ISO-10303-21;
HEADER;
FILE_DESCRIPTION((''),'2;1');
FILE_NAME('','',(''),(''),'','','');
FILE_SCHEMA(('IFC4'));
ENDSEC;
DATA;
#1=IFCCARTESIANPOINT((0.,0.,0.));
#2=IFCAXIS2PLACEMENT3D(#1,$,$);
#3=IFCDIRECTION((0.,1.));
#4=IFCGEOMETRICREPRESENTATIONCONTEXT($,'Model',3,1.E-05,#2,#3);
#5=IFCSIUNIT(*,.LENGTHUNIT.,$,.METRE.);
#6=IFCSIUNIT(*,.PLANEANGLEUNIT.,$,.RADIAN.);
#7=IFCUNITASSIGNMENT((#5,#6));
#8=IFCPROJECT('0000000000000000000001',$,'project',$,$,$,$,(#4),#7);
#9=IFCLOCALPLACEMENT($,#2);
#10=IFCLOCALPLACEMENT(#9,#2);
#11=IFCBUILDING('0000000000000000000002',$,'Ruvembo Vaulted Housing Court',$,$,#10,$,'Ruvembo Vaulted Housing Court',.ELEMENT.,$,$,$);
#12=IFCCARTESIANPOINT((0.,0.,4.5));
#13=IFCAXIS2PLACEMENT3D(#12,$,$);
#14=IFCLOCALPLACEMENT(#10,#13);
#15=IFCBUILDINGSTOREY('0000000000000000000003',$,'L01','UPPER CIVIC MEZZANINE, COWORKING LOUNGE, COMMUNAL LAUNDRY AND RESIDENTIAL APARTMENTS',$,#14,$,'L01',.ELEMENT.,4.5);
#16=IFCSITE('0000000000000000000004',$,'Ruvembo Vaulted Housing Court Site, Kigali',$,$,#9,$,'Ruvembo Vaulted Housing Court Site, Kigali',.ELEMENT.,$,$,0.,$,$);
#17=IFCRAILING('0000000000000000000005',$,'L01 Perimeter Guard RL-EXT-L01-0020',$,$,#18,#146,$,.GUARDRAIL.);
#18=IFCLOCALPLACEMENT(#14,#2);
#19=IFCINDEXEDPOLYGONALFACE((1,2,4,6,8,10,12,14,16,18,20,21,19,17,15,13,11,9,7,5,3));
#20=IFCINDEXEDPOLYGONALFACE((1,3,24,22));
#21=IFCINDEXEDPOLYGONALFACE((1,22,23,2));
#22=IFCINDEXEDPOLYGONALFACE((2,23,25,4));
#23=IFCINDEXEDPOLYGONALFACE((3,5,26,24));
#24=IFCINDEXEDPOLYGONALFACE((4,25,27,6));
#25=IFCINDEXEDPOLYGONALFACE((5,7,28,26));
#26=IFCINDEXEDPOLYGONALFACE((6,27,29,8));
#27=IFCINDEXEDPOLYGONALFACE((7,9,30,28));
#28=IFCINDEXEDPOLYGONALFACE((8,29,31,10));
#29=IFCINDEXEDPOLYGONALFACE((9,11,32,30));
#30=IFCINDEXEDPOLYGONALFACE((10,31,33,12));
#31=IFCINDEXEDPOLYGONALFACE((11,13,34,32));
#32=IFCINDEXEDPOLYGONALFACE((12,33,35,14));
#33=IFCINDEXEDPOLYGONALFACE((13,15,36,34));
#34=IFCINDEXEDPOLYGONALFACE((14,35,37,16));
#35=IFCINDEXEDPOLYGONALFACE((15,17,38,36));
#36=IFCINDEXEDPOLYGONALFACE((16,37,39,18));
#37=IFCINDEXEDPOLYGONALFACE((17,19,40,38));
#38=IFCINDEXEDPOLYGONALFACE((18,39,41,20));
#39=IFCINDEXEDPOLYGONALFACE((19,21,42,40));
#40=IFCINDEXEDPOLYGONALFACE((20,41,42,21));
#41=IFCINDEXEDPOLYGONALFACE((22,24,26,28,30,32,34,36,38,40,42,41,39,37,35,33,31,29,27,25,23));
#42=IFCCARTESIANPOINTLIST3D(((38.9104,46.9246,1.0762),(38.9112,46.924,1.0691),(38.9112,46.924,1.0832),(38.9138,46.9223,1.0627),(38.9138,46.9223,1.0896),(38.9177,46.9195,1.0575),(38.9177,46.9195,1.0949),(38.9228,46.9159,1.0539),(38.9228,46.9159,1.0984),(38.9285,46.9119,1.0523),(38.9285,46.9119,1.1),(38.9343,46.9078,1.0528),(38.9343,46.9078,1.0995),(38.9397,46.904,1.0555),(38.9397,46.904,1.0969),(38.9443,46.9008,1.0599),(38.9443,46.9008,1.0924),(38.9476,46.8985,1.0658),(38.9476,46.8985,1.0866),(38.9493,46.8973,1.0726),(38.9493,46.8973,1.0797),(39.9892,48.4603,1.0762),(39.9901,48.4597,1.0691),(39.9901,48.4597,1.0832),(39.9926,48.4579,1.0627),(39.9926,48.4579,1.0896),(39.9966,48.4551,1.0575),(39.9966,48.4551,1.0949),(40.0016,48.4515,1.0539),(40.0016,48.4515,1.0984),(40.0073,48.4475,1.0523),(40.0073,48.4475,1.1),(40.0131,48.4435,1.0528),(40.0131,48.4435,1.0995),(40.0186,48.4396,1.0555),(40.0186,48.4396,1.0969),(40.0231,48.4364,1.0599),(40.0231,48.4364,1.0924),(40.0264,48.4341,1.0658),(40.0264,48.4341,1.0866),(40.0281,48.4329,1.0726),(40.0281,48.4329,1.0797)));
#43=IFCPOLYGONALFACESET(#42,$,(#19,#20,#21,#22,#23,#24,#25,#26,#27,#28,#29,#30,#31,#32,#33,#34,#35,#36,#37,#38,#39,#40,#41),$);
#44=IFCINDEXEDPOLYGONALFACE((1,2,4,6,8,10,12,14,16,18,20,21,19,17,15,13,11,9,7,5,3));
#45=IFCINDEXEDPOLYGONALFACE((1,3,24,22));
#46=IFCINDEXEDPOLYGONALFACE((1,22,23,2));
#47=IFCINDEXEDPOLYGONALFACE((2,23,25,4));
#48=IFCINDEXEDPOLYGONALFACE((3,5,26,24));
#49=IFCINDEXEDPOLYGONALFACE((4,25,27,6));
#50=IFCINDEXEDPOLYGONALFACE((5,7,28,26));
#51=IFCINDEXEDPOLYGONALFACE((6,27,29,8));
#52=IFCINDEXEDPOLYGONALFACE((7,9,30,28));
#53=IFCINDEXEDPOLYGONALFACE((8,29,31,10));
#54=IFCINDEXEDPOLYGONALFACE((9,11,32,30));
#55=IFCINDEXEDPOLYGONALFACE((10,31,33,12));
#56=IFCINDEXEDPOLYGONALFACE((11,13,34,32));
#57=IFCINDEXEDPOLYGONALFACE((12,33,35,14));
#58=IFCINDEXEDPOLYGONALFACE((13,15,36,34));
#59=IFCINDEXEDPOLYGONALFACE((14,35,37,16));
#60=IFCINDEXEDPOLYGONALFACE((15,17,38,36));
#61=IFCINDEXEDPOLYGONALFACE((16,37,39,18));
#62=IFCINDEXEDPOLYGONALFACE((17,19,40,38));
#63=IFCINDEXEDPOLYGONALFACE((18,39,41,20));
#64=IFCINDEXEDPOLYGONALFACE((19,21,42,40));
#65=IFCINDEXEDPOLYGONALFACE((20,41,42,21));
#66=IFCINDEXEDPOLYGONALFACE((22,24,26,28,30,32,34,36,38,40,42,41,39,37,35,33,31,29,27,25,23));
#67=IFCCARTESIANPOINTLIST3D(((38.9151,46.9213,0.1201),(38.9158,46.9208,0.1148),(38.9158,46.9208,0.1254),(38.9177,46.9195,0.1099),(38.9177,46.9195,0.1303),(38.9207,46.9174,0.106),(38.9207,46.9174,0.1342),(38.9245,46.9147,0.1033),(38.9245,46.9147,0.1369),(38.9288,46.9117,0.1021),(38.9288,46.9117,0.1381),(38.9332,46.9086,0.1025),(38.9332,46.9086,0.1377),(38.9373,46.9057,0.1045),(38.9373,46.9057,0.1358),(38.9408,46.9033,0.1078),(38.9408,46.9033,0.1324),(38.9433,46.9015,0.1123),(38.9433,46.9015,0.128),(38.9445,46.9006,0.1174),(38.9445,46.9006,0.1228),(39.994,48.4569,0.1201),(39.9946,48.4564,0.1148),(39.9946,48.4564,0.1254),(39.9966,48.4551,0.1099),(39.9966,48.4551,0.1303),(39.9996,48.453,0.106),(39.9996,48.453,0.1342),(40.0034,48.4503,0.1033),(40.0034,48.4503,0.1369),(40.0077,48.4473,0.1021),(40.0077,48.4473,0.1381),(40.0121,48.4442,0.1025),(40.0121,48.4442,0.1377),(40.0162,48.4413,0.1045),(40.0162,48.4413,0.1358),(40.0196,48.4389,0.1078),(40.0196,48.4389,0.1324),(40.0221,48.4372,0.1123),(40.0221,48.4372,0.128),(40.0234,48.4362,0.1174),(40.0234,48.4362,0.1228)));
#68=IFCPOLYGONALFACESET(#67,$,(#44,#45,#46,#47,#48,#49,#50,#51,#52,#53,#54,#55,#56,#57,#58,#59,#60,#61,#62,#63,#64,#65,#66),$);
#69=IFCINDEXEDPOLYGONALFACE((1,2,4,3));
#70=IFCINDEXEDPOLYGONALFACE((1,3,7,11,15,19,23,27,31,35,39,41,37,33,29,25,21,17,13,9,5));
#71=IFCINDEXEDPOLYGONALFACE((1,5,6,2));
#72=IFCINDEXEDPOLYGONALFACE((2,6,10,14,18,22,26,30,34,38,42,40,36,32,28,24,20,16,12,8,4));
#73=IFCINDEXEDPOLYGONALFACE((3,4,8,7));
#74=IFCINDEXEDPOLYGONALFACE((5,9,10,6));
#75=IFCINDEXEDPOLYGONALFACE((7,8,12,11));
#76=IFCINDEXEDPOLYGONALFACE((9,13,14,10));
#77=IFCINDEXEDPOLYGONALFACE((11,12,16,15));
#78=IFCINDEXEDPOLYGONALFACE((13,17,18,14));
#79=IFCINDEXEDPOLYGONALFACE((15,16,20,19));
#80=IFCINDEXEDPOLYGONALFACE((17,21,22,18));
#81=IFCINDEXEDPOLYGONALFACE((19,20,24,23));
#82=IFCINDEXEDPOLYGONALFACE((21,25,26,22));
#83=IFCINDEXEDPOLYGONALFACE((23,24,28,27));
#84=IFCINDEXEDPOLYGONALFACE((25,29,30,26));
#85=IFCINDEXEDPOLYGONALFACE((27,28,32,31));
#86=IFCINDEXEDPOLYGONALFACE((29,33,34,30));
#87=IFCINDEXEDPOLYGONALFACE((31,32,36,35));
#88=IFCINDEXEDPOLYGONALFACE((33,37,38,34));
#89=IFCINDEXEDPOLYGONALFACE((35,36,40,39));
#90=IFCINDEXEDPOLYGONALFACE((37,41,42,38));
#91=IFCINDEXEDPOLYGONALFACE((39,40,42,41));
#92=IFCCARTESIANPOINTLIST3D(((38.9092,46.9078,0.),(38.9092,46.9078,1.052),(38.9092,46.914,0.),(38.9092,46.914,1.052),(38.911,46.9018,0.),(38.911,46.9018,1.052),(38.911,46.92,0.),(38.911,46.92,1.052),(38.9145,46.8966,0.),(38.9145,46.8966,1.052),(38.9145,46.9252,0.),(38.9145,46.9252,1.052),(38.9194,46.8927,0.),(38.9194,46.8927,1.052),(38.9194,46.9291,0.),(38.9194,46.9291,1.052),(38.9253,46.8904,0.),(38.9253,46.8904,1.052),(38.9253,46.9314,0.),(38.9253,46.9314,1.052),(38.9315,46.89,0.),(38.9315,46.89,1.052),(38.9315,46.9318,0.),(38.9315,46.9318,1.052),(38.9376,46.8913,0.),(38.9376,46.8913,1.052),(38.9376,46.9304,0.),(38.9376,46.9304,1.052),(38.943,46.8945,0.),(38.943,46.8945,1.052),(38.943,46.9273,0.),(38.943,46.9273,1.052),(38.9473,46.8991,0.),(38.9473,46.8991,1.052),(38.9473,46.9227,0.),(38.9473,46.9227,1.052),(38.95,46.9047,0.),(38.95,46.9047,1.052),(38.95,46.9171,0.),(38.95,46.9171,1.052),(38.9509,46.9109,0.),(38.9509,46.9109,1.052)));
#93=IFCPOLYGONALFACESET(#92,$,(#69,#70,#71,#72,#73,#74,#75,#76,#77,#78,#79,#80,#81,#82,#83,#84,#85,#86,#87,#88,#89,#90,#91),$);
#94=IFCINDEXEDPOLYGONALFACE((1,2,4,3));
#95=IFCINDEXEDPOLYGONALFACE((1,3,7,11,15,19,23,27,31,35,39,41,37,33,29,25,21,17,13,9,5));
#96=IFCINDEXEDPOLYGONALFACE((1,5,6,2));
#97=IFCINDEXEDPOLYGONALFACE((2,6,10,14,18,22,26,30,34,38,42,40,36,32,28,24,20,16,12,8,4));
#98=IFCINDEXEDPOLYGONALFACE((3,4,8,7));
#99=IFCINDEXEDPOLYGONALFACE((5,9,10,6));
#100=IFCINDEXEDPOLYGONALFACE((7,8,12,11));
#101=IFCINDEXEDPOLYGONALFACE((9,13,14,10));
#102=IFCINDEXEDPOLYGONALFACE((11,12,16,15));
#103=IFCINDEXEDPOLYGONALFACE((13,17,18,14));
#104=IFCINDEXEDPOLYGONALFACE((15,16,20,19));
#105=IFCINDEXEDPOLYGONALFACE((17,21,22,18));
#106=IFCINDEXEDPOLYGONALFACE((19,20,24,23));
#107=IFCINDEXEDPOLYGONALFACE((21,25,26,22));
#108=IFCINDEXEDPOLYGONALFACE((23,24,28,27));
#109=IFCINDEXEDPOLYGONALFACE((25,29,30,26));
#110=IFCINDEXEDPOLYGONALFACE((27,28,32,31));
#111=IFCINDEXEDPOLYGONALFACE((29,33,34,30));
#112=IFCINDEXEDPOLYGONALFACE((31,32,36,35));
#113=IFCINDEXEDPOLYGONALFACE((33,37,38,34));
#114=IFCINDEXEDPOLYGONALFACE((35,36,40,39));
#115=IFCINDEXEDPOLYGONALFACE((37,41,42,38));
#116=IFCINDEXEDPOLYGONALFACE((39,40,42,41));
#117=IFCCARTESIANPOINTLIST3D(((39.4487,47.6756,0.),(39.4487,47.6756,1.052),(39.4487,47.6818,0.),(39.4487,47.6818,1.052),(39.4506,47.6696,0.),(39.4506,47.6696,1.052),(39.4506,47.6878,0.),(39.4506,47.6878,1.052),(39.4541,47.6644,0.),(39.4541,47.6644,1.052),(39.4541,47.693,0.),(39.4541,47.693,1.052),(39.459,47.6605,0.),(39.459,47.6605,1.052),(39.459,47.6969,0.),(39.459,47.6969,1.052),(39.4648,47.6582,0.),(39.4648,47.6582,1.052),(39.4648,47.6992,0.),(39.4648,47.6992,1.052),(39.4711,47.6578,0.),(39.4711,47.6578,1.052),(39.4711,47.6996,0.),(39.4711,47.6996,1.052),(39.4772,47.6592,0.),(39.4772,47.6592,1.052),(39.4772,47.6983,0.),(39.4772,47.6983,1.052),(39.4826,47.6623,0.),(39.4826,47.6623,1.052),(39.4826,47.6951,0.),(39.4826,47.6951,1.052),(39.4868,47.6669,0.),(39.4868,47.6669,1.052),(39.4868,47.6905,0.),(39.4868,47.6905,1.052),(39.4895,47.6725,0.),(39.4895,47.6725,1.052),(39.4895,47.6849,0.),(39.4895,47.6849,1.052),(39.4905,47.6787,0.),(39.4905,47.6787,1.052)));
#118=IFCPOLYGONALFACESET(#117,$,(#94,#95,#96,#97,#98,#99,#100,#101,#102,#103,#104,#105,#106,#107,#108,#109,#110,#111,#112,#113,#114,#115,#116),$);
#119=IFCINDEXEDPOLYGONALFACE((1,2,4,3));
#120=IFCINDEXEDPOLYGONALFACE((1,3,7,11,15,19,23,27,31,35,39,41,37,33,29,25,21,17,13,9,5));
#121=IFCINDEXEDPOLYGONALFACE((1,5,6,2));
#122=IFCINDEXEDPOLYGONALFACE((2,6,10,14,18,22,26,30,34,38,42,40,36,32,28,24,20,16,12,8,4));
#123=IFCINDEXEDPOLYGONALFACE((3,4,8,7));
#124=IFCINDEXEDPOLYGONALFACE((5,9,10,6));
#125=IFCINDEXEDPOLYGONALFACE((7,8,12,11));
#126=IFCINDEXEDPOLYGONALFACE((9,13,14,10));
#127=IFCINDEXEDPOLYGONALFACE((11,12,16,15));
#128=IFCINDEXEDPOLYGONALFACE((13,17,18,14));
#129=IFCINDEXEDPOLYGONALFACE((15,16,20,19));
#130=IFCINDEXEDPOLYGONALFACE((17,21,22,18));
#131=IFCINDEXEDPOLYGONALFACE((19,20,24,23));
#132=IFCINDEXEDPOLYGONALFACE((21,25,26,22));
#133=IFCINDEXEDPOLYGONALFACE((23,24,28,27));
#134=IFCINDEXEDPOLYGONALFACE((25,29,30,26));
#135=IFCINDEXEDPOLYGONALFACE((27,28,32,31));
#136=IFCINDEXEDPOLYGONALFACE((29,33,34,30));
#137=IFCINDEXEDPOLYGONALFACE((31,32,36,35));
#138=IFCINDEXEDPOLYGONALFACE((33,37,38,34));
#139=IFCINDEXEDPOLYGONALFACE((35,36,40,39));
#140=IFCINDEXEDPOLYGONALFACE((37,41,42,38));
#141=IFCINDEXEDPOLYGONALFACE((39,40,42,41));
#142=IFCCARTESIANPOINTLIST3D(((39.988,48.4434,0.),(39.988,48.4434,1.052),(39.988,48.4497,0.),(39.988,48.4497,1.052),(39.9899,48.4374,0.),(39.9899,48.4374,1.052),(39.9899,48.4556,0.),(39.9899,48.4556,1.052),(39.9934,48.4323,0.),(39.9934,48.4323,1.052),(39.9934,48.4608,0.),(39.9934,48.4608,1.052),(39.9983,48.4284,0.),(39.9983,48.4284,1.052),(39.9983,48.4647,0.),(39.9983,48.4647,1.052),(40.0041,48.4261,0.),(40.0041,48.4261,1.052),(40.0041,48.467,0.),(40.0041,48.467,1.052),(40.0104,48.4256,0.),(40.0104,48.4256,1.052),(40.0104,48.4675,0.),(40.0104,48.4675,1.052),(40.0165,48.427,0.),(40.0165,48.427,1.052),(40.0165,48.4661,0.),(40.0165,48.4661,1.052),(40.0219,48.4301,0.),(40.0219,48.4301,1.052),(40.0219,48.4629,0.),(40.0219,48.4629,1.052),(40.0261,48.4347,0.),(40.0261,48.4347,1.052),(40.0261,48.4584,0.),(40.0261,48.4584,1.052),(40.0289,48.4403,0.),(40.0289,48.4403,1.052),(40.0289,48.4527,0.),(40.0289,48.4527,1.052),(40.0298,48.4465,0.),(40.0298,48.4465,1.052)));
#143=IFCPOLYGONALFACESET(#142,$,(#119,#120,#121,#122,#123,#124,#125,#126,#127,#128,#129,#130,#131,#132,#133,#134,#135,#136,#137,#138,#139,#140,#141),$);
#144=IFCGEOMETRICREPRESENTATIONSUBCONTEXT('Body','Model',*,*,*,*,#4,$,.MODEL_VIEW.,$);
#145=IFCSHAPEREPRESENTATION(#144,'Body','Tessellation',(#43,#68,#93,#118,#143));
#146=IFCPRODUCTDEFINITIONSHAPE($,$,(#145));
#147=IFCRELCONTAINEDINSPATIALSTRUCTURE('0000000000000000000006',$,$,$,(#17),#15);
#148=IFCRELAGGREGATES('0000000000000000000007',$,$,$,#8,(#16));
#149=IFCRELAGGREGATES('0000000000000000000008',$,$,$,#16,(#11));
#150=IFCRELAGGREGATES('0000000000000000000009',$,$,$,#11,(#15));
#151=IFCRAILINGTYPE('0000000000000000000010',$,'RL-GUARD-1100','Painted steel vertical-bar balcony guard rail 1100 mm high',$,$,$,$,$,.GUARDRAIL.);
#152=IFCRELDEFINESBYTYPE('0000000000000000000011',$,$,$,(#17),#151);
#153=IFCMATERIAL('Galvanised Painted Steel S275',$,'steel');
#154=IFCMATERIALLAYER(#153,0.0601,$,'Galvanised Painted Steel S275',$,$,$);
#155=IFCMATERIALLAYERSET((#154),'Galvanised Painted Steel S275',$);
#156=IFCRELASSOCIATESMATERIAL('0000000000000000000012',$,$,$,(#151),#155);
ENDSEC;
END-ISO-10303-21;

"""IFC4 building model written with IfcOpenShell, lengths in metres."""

from ifc_helpers import new_model, si_unit, direction, frame, origin, origin_2d, place, context, subcontext, project, spatial, circle, extrude, material, layer, layer_set, type_object, element, save


model = new_model("IFC4")

# Units and contexts
model_context = context("Model", 3, precision=1e-05, world=origin(), true_north=direction((0.0, 1.0)))
body_context = subcontext(model_context, "Body", "Model", "MODEL_VIEW")
ifc_project = project(units=[si_unit("LENGTHUNIT", "METRE"), si_unit("PLANEANGLEUNIT", "RADIAN")], contexts=[model_context])

# Site, building, storey
site_placement = place(None, origin())
site = spatial("IfcSite", under=ifc_project, at=site_placement, Name="Ruvembo Vaulted Housing Court Site, Kigali", LongName="Ruvembo Vaulted Housing Court Site, Kigali", CompositionType="ELEMENT", RefElevation=0.0)
building_placement = place(site_placement, origin())
building = spatial("IfcBuilding", under=site, at=building_placement, Name="Ruvembo Vaulted Housing Court", LongName="Ruvembo Vaulted Housing Court", CompositionType="ELEMENT")
storey_placement = place(building_placement, frame((0.0, 0.0, 4.5)))
storey = spatial("IfcBuildingStorey", under=building, at=storey_placement, Name="L01", Description="UPPER CIVIC MEZZANINE, COWORKING LOUNGE, COMMUNAL LAUNDRY AND RESIDENTIAL APARTMENTS", LongName="L01", CompositionType="ELEMENT", Elevation=4.5)

# Railing
ifc_material_1 = material(Name="Galvanised Painted Steel S275", Category="steel")
ifc_layer_1 = layer(ifc_material_1, 0.0601, Name="Galvanised Painted Steel S275")
ifc_layer_set_1 = layer_set([ifc_layer_1], Name="Galvanised Painted Steel S275")
railing_type = type_object("IfcRailingType", Name="RL-GUARD-1100", Description="Painted steel vertical-bar balcony guard rail 1100 mm high", PredefinedType="GUARDRAIL", material=ifc_layer_set_1)
railing_1_placement = place(storey_placement, frame((38.9299, 46.9109, 0.0)))
element("IfcRailing", 1, at=railing_1_placement, inside=storey, type_object=railing_type, Name="L01 Perimeter Guard RL-EXT-L01-0020", PredefinedType="GUARDRAIL", context=body_context, shape_type="SweptSolid", body=[
    extrude(circle(Radius=0.0239, at=origin_2d()), frame((0.0, 0.0, 1.0762), z_axis=(0.574858, 0.818253, 0.0), x_axis=(-0.818253, 0.574858, 0.0)), (0.0, 0.0, 1.0), 1.8767),
    extrude(circle(Radius=0.0181, at=origin_2d()), frame((0.0, 0.0, 0.1201), z_axis=(0.574858, 0.818253, 0.0), x_axis=(-0.818253, 0.574858, 0.0)), (0.0, 0.0, 1.0), 1.8767),
    extrude(circle(Radius=0.021, at=origin_2d()), origin(), (0.0, 0.0, 1.0), 1.052),
    extrude(circle(Radius=0.021, at=origin_2d()), frame((0.5396, 0.7678, 0.0)), (0.0, 0.0, 1.0), 1.052),
    extrude(circle(Radius=0.021, at=origin_2d()), frame((1.0789, 1.5356, 0.0)), (0.0, 0.0, 1.0), 1.052),
])

save(model, "model.ifc")
